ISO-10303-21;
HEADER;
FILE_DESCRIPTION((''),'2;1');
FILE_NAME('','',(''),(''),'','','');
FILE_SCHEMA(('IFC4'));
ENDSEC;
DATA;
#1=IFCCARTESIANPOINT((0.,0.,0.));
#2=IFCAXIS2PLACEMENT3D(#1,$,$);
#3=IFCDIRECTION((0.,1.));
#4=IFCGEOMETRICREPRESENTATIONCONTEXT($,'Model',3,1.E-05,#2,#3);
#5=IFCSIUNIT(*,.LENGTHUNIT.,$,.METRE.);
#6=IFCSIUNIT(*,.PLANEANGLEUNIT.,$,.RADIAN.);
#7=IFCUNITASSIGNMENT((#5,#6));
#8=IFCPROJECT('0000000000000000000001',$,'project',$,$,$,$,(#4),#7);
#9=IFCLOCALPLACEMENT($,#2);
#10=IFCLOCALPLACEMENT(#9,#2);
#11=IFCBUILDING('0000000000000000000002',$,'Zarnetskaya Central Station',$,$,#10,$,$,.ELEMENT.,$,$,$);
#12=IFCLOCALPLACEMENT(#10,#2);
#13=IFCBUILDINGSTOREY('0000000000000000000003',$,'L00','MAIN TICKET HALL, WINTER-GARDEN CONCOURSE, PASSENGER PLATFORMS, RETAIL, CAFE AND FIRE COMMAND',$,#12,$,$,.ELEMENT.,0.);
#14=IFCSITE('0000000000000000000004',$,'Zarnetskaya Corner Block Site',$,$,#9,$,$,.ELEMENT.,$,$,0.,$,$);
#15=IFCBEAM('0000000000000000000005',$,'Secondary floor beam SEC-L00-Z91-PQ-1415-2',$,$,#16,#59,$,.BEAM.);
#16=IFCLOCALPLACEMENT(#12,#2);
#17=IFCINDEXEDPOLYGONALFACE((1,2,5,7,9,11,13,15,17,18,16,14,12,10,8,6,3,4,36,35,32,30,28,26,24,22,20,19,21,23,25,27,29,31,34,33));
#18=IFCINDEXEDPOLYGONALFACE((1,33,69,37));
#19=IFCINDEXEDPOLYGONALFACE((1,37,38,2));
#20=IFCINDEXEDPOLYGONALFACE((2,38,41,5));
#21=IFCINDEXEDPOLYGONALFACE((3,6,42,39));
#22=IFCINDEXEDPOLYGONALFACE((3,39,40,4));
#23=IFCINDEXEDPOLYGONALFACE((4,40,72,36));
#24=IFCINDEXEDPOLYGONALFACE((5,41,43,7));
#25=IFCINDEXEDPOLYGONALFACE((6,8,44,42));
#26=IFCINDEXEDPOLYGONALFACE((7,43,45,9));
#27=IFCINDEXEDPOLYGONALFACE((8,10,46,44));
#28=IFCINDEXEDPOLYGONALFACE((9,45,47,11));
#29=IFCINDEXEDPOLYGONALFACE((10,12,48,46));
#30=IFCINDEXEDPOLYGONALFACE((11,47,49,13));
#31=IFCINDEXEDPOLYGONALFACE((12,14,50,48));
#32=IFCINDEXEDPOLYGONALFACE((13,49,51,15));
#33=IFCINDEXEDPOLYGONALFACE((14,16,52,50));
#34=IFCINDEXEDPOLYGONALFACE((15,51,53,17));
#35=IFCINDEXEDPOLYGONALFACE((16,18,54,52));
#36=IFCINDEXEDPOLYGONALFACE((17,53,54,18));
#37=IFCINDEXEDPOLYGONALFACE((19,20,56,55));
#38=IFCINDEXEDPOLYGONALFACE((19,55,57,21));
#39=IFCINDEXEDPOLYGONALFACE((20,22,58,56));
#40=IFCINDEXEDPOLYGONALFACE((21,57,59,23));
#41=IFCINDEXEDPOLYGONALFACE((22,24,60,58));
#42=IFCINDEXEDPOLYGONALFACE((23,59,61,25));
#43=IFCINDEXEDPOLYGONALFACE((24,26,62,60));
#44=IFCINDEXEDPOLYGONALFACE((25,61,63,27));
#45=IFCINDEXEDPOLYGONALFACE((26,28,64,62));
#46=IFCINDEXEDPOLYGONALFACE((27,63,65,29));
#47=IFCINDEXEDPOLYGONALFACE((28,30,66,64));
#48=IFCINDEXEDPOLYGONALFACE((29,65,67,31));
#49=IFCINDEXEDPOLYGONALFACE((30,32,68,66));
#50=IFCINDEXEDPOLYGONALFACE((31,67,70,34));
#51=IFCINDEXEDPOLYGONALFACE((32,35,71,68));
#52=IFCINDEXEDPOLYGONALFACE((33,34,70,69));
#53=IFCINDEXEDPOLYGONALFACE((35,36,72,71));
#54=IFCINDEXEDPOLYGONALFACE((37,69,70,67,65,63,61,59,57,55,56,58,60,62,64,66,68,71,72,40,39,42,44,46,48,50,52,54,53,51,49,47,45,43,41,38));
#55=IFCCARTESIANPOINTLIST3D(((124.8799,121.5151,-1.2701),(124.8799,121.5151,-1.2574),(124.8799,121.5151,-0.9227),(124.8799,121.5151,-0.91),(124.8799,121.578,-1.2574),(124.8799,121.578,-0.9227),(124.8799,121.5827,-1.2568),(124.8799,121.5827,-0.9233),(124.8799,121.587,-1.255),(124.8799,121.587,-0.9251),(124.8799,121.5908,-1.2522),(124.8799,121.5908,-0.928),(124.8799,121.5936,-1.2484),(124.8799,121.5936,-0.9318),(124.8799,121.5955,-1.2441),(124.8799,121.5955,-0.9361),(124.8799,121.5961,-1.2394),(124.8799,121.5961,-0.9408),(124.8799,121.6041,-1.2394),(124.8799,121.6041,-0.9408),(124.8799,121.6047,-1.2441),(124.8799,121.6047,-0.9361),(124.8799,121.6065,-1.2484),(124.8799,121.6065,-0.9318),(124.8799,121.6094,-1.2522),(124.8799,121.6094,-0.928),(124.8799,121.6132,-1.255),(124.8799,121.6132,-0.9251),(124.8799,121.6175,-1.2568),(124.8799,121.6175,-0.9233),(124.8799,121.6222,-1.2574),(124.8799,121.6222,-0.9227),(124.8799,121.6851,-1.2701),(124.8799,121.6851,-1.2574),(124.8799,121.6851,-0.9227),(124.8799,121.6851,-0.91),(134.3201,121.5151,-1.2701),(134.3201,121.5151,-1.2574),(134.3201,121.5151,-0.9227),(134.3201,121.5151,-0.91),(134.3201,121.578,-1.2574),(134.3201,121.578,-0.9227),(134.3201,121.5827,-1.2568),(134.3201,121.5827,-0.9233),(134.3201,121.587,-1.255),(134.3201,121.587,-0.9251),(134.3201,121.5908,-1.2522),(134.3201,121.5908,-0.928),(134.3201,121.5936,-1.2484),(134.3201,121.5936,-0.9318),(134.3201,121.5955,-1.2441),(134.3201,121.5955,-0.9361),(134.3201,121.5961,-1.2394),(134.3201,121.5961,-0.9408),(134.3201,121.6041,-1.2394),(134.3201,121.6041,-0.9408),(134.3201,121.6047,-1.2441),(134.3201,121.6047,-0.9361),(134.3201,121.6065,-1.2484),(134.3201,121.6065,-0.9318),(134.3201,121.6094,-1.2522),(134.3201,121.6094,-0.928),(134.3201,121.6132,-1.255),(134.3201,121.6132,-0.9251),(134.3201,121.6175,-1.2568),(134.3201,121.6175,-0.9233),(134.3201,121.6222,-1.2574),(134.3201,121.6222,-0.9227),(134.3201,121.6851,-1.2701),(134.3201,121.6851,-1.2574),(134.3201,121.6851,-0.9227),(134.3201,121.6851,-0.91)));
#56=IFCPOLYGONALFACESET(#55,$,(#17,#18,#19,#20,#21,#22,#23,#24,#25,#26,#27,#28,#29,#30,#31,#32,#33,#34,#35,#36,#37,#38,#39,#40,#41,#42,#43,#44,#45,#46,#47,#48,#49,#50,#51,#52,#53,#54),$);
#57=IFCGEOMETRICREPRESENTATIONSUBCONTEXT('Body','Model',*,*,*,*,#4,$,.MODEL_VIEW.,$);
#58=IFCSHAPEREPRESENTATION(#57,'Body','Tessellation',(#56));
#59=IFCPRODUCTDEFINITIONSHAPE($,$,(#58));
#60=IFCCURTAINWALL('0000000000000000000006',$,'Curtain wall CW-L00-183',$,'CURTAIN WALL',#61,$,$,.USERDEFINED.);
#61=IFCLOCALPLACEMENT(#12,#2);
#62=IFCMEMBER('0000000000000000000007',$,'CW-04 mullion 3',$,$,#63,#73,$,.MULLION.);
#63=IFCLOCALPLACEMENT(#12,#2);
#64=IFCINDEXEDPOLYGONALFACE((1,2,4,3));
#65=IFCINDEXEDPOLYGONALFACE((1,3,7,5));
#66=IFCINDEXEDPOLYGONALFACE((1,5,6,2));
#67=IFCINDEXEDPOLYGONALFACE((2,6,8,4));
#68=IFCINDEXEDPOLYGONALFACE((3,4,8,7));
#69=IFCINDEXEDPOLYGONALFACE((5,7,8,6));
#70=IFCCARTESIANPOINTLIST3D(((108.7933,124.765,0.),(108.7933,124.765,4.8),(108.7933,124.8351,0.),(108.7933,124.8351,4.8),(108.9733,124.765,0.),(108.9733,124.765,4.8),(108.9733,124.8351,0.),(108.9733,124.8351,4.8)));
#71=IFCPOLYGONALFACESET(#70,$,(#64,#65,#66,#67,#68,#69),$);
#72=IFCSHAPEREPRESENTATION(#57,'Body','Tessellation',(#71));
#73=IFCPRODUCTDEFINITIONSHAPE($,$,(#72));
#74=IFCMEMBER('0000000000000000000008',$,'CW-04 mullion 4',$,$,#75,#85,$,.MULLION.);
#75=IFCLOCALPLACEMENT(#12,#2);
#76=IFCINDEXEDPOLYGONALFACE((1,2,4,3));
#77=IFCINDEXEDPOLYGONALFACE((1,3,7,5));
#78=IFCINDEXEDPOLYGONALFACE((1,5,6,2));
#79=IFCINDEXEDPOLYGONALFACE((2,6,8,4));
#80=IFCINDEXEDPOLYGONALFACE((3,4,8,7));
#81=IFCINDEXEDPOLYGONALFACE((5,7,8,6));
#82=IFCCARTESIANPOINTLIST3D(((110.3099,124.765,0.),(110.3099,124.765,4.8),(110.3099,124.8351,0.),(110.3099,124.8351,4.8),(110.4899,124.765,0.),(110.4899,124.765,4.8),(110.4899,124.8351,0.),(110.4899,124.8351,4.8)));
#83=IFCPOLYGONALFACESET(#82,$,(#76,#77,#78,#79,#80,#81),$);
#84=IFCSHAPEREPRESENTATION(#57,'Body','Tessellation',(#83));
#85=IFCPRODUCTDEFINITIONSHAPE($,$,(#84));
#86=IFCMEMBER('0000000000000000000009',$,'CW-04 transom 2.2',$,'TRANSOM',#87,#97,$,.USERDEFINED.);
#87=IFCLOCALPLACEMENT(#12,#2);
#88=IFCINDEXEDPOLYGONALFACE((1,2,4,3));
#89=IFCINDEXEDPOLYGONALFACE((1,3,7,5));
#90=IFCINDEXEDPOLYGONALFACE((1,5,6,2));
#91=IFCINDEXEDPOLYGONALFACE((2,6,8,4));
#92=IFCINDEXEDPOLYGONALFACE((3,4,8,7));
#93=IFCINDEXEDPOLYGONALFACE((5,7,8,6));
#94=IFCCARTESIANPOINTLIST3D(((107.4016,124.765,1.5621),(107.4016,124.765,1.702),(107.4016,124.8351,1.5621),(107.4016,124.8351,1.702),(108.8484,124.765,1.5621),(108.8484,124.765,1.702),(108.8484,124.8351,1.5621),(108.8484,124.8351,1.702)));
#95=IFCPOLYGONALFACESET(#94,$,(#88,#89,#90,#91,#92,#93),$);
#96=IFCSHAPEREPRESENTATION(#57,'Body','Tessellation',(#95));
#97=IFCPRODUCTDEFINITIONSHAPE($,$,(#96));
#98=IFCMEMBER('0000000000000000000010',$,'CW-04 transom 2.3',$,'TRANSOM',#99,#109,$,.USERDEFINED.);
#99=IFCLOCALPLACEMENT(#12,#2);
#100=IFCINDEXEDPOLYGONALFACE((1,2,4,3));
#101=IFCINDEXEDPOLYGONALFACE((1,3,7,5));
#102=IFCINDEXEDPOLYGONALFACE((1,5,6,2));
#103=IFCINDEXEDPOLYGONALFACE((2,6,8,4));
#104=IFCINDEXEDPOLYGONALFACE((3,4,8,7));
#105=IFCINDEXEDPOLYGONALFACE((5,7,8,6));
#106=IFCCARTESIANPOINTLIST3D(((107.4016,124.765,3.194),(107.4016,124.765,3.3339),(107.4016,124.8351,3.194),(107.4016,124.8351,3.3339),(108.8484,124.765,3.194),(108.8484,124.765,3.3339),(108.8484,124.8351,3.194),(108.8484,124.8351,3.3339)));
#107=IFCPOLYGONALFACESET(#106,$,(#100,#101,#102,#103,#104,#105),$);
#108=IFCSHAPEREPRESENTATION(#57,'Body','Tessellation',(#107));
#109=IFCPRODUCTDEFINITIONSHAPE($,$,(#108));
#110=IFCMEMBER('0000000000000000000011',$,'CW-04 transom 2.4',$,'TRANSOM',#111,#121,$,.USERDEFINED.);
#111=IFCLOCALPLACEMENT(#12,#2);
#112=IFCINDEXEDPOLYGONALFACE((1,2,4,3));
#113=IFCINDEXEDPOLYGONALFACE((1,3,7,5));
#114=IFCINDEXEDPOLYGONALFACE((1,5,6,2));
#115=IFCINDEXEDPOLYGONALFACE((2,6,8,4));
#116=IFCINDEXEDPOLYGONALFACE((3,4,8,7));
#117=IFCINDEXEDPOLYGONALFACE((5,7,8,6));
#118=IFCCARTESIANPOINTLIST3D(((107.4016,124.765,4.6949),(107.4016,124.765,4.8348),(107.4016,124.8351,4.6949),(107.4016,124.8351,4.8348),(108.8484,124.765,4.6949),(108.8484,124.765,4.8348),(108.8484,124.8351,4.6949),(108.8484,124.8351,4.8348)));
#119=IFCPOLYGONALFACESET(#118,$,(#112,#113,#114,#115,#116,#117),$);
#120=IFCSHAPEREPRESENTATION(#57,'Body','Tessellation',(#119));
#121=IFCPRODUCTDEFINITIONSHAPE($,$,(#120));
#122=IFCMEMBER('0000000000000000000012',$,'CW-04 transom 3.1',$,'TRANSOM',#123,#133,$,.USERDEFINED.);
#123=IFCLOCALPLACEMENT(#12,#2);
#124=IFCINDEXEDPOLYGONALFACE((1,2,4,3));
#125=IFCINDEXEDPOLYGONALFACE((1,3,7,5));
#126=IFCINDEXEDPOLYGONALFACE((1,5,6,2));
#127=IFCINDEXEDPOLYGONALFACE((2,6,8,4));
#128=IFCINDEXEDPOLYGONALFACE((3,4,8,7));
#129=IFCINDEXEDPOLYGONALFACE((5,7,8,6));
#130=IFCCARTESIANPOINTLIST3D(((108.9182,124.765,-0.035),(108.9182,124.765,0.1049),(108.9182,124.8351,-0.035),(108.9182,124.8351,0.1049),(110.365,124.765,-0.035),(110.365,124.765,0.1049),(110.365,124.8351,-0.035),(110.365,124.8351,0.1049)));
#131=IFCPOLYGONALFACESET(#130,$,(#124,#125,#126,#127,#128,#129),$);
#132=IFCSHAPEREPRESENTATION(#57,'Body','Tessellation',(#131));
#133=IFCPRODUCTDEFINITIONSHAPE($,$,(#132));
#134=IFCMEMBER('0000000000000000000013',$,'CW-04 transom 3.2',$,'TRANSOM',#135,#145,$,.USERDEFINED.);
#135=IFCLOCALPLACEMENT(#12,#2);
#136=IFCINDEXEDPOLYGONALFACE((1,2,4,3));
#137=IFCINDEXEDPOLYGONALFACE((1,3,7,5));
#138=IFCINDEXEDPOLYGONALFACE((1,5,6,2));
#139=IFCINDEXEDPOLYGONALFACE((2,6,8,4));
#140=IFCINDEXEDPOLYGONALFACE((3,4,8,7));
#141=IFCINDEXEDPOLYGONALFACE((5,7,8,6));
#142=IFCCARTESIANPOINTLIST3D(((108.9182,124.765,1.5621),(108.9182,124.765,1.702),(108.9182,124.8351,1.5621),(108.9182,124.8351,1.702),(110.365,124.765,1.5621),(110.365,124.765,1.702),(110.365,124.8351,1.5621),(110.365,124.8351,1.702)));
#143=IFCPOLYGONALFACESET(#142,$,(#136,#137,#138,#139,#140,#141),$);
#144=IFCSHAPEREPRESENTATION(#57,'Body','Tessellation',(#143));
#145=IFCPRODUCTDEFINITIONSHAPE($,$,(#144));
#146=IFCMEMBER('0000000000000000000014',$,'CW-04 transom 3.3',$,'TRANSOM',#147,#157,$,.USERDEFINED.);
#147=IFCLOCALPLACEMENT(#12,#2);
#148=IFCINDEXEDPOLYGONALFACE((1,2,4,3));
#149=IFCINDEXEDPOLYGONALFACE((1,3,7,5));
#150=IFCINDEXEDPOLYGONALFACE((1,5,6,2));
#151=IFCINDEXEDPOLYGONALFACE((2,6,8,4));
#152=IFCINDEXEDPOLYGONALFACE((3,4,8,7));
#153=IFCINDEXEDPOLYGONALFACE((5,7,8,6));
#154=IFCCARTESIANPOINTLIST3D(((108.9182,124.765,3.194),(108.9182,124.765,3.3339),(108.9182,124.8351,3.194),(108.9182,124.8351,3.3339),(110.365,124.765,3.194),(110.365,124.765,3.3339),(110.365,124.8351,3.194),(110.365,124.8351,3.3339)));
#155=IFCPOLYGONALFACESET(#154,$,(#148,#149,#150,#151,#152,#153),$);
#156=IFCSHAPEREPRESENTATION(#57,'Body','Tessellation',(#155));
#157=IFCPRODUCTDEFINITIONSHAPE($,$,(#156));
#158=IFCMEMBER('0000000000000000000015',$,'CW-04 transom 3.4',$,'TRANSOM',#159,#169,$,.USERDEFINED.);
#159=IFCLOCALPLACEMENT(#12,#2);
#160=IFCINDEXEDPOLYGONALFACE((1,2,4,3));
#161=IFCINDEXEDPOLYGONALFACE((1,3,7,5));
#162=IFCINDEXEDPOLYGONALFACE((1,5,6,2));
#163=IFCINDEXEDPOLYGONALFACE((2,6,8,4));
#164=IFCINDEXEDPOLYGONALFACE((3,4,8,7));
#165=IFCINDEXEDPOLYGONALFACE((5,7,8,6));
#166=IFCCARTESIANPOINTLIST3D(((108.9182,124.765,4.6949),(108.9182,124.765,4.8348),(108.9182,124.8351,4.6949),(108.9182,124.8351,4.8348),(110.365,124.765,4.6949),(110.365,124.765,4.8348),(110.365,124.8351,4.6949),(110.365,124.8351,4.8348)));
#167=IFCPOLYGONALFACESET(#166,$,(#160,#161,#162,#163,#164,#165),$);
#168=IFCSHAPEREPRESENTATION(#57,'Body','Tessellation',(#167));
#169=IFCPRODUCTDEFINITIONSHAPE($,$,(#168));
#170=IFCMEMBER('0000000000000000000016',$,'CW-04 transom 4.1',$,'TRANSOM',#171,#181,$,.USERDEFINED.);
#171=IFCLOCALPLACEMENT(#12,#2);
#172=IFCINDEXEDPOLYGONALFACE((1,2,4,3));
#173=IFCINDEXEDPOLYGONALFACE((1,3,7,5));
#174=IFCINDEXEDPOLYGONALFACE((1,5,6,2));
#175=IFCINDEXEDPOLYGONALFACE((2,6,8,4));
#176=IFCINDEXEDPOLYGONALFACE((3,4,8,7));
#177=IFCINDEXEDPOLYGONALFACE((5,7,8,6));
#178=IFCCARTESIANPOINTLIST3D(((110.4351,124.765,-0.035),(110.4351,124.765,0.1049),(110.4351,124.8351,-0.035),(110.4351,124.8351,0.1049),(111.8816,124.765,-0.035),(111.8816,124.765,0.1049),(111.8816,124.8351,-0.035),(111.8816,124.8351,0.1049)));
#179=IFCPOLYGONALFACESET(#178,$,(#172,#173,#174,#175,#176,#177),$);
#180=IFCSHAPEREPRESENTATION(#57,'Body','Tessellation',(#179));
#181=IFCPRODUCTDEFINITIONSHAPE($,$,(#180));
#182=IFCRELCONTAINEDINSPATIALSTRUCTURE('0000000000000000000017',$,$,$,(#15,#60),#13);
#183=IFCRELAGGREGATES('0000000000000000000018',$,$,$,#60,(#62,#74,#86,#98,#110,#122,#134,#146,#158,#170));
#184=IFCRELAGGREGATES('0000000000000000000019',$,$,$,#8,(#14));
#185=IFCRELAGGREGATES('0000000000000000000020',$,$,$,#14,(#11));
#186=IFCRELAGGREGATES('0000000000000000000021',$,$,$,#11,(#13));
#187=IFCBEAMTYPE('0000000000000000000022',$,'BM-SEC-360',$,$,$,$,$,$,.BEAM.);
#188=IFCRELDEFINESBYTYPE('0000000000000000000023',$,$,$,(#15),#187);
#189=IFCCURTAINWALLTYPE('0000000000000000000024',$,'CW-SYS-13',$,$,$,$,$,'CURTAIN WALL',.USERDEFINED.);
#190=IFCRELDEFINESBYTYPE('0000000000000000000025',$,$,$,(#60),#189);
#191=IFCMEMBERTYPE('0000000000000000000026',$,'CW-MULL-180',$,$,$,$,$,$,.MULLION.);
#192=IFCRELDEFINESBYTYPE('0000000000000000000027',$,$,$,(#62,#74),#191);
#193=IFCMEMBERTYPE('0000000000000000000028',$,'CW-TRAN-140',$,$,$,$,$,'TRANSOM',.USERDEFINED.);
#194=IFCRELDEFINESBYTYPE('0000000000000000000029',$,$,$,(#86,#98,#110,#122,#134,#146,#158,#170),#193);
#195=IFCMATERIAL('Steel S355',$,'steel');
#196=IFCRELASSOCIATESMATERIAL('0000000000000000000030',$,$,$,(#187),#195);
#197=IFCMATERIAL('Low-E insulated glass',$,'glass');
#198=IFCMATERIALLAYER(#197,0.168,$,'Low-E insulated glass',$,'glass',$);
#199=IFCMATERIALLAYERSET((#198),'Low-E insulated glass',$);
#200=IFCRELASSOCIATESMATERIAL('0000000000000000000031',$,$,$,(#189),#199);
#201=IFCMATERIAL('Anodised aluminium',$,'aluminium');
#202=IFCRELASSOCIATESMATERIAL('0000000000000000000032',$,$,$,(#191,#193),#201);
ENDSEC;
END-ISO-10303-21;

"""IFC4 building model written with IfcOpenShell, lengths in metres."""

from ifc_helpers import new_model, si_unit, direction, frame, origin, origin_2d, place, context, subcontext, project, spatial, rectangle, i_section, extrude, material, layer, layer_set, material_profile, profile_set, type_object, element, aggregate, save


model = new_model("IFC4")

# Units and contexts
model_context = context("Model", 3, precision=1e-05, world=origin(), true_north=direction((0.0, 1.0)))
body_context = subcontext(model_context, "Body", "Model", "MODEL_VIEW")
ifc_project = project(units=[si_unit("LENGTHUNIT", "METRE"), si_unit("PLANEANGLEUNIT", "RADIAN")], contexts=[model_context])

# Site, building, storey
site_placement = place(None, origin())
site = spatial("IfcSite", under=ifc_project, at=site_placement, Name="Zarnetskaya Corner Block Site", CompositionType="ELEMENT", RefElevation=0.0)
building_placement = place(site_placement, origin())
building = spatial("IfcBuilding", under=site, at=building_placement, Name="Zarnetskaya Central Station", CompositionType="ELEMENT")
storey_placement = place(building_placement, origin())
storey = spatial("IfcBuildingStorey", under=building, at=storey_placement, Name="L00", Description="MAIN TICKET HALL, WINTER-GARDEN CONCOURSE, PASSENGER PLATFORMS, RETAIL, CAFE AND FIRE COMMAND", CompositionType="ELEMENT", Elevation=0.0)

# Beam
ifc_material_1 = material(Name="Steel S355", Category="steel")
ifc_material_profile_1 = material_profile(ifc_material_1, i_section(OverallWidth=0.1699, OverallDepth=0.3601, WebThickness=0.0081, FlangeThickness=0.0127, FilletRadius=0.0181, at=origin_2d()), Name="IPE 360")
ifc_profile_set_1 = profile_set([ifc_material_profile_1], Name="Steel S355")
beam_type_1 = type_object("IfcBeamType", Name="BM-SEC-360", PredefinedType="BEAM", material=ifc_profile_set_1)
for number, where, z_axis, x_axis, name in (
    (1, (124.8799, 121.6001, -1.0901), (1.0, 0.0, 0.0), (0.0, 1.0, 0.0), "Secondary floor beam SEC-L00-Z91-PQ-1415-2"),
):
    element("IfcBeam", number, at=place(storey_placement, frame(where, z_axis=z_axis, x_axis=x_axis)), inside=storey, type_object=beam_type_1, Name=name, PredefinedType="BEAM", context=body_context, shape_type="SweptSolid", body=[
        extrude(i_section(OverallWidth=0.1699, OverallDepth=0.3601, WebThickness=0.0081, FlangeThickness=0.0127, FilletRadius=0.0181, at=origin_2d()), origin(), (0.0, 0.0, 1.0), 9.4402),
    ])

# Curtain wall, members
ifc_material_2 = material(Name="Low-E insulated glass", Category="glass")
ifc_layer_1 = layer(ifc_material_2, 0.168, Name="Low-E insulated glass", Category="glass")
ifc_layer_set_1 = layer_set([ifc_layer_1], Name="Low-E insulated glass")
curtain_wall_type = type_object("IfcCurtainWallType", Name="CW-SYS-13", ElementType="CURTAIN WALL", PredefinedType="USERDEFINED", material=ifc_layer_set_1)
curtain_wall_placement = place(storey_placement, origin())
curtain_wall = element("IfcCurtainWall", 2, at=curtain_wall_placement, inside=storey, type_object=curtain_wall_type, Name="Curtain wall CW-L00-183", ObjectType="CURTAIN WALL", PredefinedType="USERDEFINED")
ifc_material_3 = material(Name="Anodised aluminium", Category="aluminium")
ifc_material_profile_2 = material_profile(ifc_material_3, rectangle(XDim=0.0701, YDim=0.1799, at=origin_2d()), Name="ALU MULL 70x180")
ifc_profile_set_2 = profile_set([ifc_material_profile_2], Name="Anodised aluminium")
member_type_1 = type_object("IfcMemberType", Name="CW-MULL-180", PredefinedType="MULLION", material=ifc_profile_set_2)
member_1_placement = place(storey_placement, frame((108.8833, 124.8, 0.0), z_axis=(0.0, 0.0, 1.0), x_axis=(0.0, 1.0, 0.0)))
member_1 = element("IfcMember", 3, at=member_1_placement, type_object=member_type_1, Name="CW-04 mullion 3", PredefinedType="MULLION", context=body_context, shape_type="SweptSolid", body=[
    extrude(rectangle(XDim=0.0701, YDim=0.1799, at=origin_2d()), origin(), (0.0, 0.0, 1.0), 4.8),
])
member_2_placement = place(storey_placement, frame((110.3999, 124.8, 0.0), z_axis=(0.0, 0.0, 1.0), x_axis=(0.0, 1.0, 0.0)))
member_2 = element("IfcMember", 4, at=member_2_placement, type_object=member_type_1, Name="CW-04 mullion 4", PredefinedType="MULLION", context=body_context, shape_type="SweptSolid", body=[
    extrude(rectangle(XDim=0.0701, YDim=0.1799, at=origin_2d()), origin(), (0.0, 0.0, 1.0), 4.8),
])
ifc_material_profile_3 = material_profile(ifc_material_3, rectangle(XDim=0.0701, YDim=0.1399, at=origin_2d()), Name="ALU TRAN 70x140")
ifc_profile_set_3 = profile_set([ifc_material_profile_3], Name="Anodised aluminium")
member_type_2 = type_object("IfcMemberType", Name="CW-TRAN-140", ElementType="TRANSOM", PredefinedType="USERDEFINED", material=ifc_profile_set_3)
member_3_placement = place(storey_placement, frame((107.4016, 124.8, 1.6321), z_axis=(1.0, 0.0, 0.0), x_axis=(0.0, 1.0, 0.0)))
member_3 = element("IfcMember", 5, at=member_3_placement, type_object=member_type_2, Name="CW-04 transom 2.2", ObjectType="TRANSOM", PredefinedType="USERDEFINED", context=body_context, shape_type="SweptSolid", body=[
    extrude(rectangle(XDim=0.0701, YDim=0.1399, at=origin_2d()), origin(), (0.0, 0.0, 1.0), 1.4468),
])
member_4_placement = place(storey_placement, frame((107.4016, 124.8, 3.2639), z_axis=(1.0, 0.0, 0.0), x_axis=(0.0, 1.0, 0.0)))
member_4 = element("IfcMember", 6, at=member_4_placement, type_object=member_type_2, Name="CW-04 transom 2.3", ObjectType="TRANSOM", PredefinedType="USERDEFINED", context=body_context, shape_type="SweptSolid", body=[
    extrude(rectangle(XDim=0.0701, YDim=0.1399, at=origin_2d()), origin(), (0.0, 0.0, 1.0), 1.4468),
])
member_5_placement = place(storey_placement, frame((107.4016, 124.8, 4.7649), z_axis=(1.0, 0.0, 0.0), x_axis=(0.0, 1.0, 0.0)))
member_5 = element("IfcMember", 7, at=member_5_placement, type_object=member_type_2, Name="CW-04 transom 2.4", ObjectType="TRANSOM", PredefinedType="USERDEFINED", context=body_context, shape_type="SweptSolid", body=[
    extrude(rectangle(XDim=0.0701, YDim=0.1399, at=origin_2d()), origin(), (0.0, 0.0, 1.0), 1.4468),
])
member_6_placement = place(storey_placement, frame((108.9182, 124.8, 0.0349), z_axis=(1.0, 0.0, 0.0), x_axis=(0.0, 1.0, 0.0)))
member_6 = element("IfcMember", 8, at=member_6_placement, type_object=member_type_2, Name="CW-04 transom 3.1", ObjectType="TRANSOM", PredefinedType="USERDEFINED", context=body_context, shape_type="SweptSolid", body=[
    extrude(rectangle(XDim=0.0701, YDim=0.1399, at=origin_2d()), origin(), (0.0, 0.0, 1.0), 1.4468),
])
member_7_placement = place(storey_placement, frame((108.9182, 124.8, 1.6321), z_axis=(1.0, 0.0, 0.0), x_axis=(0.0, 1.0, 0.0)))
member_7 = element("IfcMember", 9, at=member_7_placement, type_object=member_type_2, Name="CW-04 transom 3.2", ObjectType="TRANSOM", PredefinedType="USERDEFINED", context=body_context, shape_type="SweptSolid", body=[
    extrude(rectangle(XDim=0.0701, YDim=0.1399, at=origin_2d()), origin(), (0.0, 0.0, 1.0), 1.4468),
])
member_8_placement = place(storey_placement, frame((108.9182, 124.8, 3.2639), z_axis=(1.0, 0.0, 0.0), x_axis=(0.0, 1.0, 0.0)))
member_8 = element("IfcMember", 10, at=member_8_placement, type_object=member_type_2, Name="CW-04 transom 3.3", ObjectType="TRANSOM", PredefinedType="USERDEFINED", context=body_context, shape_type="SweptSolid", body=[
    extrude(rectangle(XDim=0.0701, YDim=0.1399, at=origin_2d()), origin(), (0.0, 0.0, 1.0), 1.4468),
])
member_9_placement = place(storey_placement, frame((108.9182, 124.8, 4.7649), z_axis=(1.0, 0.0, 0.0), x_axis=(0.0, 1.0, 0.0)))
member_9 = element("IfcMember", 11, at=member_9_placement, type_object=member_type_2, Name="CW-04 transom 3.4", ObjectType="TRANSOM", PredefinedType="USERDEFINED", context=body_context, shape_type="SweptSolid", body=[
    extrude(rectangle(XDim=0.0701, YDim=0.1399, at=origin_2d()), origin(), (0.0, 0.0, 1.0), 1.4468),
])
member_10_placement = place(storey_placement, frame((110.4351, 124.8, 0.0349), z_axis=(1.0, 0.0, 0.0), x_axis=(0.0, 1.0, 0.0)))
member_10 = element("IfcMember", 12, at=member_10_placement, type_object=member_type_2, Name="CW-04 transom 4.1", ObjectType="TRANSOM", PredefinedType="USERDEFINED", context=body_context, shape_type="SweptSolid", body=[
    extrude(rectangle(XDim=0.0701, YDim=0.1399, at=origin_2d()), origin(), (0.0, 0.0, 1.0), 1.4465),
])
aggregate(curtain_wall, [member_1, member_2, member_3, member_4, member_5, member_6, member_7, member_8, member_9, member_10])

save(model, "model.ifc")
